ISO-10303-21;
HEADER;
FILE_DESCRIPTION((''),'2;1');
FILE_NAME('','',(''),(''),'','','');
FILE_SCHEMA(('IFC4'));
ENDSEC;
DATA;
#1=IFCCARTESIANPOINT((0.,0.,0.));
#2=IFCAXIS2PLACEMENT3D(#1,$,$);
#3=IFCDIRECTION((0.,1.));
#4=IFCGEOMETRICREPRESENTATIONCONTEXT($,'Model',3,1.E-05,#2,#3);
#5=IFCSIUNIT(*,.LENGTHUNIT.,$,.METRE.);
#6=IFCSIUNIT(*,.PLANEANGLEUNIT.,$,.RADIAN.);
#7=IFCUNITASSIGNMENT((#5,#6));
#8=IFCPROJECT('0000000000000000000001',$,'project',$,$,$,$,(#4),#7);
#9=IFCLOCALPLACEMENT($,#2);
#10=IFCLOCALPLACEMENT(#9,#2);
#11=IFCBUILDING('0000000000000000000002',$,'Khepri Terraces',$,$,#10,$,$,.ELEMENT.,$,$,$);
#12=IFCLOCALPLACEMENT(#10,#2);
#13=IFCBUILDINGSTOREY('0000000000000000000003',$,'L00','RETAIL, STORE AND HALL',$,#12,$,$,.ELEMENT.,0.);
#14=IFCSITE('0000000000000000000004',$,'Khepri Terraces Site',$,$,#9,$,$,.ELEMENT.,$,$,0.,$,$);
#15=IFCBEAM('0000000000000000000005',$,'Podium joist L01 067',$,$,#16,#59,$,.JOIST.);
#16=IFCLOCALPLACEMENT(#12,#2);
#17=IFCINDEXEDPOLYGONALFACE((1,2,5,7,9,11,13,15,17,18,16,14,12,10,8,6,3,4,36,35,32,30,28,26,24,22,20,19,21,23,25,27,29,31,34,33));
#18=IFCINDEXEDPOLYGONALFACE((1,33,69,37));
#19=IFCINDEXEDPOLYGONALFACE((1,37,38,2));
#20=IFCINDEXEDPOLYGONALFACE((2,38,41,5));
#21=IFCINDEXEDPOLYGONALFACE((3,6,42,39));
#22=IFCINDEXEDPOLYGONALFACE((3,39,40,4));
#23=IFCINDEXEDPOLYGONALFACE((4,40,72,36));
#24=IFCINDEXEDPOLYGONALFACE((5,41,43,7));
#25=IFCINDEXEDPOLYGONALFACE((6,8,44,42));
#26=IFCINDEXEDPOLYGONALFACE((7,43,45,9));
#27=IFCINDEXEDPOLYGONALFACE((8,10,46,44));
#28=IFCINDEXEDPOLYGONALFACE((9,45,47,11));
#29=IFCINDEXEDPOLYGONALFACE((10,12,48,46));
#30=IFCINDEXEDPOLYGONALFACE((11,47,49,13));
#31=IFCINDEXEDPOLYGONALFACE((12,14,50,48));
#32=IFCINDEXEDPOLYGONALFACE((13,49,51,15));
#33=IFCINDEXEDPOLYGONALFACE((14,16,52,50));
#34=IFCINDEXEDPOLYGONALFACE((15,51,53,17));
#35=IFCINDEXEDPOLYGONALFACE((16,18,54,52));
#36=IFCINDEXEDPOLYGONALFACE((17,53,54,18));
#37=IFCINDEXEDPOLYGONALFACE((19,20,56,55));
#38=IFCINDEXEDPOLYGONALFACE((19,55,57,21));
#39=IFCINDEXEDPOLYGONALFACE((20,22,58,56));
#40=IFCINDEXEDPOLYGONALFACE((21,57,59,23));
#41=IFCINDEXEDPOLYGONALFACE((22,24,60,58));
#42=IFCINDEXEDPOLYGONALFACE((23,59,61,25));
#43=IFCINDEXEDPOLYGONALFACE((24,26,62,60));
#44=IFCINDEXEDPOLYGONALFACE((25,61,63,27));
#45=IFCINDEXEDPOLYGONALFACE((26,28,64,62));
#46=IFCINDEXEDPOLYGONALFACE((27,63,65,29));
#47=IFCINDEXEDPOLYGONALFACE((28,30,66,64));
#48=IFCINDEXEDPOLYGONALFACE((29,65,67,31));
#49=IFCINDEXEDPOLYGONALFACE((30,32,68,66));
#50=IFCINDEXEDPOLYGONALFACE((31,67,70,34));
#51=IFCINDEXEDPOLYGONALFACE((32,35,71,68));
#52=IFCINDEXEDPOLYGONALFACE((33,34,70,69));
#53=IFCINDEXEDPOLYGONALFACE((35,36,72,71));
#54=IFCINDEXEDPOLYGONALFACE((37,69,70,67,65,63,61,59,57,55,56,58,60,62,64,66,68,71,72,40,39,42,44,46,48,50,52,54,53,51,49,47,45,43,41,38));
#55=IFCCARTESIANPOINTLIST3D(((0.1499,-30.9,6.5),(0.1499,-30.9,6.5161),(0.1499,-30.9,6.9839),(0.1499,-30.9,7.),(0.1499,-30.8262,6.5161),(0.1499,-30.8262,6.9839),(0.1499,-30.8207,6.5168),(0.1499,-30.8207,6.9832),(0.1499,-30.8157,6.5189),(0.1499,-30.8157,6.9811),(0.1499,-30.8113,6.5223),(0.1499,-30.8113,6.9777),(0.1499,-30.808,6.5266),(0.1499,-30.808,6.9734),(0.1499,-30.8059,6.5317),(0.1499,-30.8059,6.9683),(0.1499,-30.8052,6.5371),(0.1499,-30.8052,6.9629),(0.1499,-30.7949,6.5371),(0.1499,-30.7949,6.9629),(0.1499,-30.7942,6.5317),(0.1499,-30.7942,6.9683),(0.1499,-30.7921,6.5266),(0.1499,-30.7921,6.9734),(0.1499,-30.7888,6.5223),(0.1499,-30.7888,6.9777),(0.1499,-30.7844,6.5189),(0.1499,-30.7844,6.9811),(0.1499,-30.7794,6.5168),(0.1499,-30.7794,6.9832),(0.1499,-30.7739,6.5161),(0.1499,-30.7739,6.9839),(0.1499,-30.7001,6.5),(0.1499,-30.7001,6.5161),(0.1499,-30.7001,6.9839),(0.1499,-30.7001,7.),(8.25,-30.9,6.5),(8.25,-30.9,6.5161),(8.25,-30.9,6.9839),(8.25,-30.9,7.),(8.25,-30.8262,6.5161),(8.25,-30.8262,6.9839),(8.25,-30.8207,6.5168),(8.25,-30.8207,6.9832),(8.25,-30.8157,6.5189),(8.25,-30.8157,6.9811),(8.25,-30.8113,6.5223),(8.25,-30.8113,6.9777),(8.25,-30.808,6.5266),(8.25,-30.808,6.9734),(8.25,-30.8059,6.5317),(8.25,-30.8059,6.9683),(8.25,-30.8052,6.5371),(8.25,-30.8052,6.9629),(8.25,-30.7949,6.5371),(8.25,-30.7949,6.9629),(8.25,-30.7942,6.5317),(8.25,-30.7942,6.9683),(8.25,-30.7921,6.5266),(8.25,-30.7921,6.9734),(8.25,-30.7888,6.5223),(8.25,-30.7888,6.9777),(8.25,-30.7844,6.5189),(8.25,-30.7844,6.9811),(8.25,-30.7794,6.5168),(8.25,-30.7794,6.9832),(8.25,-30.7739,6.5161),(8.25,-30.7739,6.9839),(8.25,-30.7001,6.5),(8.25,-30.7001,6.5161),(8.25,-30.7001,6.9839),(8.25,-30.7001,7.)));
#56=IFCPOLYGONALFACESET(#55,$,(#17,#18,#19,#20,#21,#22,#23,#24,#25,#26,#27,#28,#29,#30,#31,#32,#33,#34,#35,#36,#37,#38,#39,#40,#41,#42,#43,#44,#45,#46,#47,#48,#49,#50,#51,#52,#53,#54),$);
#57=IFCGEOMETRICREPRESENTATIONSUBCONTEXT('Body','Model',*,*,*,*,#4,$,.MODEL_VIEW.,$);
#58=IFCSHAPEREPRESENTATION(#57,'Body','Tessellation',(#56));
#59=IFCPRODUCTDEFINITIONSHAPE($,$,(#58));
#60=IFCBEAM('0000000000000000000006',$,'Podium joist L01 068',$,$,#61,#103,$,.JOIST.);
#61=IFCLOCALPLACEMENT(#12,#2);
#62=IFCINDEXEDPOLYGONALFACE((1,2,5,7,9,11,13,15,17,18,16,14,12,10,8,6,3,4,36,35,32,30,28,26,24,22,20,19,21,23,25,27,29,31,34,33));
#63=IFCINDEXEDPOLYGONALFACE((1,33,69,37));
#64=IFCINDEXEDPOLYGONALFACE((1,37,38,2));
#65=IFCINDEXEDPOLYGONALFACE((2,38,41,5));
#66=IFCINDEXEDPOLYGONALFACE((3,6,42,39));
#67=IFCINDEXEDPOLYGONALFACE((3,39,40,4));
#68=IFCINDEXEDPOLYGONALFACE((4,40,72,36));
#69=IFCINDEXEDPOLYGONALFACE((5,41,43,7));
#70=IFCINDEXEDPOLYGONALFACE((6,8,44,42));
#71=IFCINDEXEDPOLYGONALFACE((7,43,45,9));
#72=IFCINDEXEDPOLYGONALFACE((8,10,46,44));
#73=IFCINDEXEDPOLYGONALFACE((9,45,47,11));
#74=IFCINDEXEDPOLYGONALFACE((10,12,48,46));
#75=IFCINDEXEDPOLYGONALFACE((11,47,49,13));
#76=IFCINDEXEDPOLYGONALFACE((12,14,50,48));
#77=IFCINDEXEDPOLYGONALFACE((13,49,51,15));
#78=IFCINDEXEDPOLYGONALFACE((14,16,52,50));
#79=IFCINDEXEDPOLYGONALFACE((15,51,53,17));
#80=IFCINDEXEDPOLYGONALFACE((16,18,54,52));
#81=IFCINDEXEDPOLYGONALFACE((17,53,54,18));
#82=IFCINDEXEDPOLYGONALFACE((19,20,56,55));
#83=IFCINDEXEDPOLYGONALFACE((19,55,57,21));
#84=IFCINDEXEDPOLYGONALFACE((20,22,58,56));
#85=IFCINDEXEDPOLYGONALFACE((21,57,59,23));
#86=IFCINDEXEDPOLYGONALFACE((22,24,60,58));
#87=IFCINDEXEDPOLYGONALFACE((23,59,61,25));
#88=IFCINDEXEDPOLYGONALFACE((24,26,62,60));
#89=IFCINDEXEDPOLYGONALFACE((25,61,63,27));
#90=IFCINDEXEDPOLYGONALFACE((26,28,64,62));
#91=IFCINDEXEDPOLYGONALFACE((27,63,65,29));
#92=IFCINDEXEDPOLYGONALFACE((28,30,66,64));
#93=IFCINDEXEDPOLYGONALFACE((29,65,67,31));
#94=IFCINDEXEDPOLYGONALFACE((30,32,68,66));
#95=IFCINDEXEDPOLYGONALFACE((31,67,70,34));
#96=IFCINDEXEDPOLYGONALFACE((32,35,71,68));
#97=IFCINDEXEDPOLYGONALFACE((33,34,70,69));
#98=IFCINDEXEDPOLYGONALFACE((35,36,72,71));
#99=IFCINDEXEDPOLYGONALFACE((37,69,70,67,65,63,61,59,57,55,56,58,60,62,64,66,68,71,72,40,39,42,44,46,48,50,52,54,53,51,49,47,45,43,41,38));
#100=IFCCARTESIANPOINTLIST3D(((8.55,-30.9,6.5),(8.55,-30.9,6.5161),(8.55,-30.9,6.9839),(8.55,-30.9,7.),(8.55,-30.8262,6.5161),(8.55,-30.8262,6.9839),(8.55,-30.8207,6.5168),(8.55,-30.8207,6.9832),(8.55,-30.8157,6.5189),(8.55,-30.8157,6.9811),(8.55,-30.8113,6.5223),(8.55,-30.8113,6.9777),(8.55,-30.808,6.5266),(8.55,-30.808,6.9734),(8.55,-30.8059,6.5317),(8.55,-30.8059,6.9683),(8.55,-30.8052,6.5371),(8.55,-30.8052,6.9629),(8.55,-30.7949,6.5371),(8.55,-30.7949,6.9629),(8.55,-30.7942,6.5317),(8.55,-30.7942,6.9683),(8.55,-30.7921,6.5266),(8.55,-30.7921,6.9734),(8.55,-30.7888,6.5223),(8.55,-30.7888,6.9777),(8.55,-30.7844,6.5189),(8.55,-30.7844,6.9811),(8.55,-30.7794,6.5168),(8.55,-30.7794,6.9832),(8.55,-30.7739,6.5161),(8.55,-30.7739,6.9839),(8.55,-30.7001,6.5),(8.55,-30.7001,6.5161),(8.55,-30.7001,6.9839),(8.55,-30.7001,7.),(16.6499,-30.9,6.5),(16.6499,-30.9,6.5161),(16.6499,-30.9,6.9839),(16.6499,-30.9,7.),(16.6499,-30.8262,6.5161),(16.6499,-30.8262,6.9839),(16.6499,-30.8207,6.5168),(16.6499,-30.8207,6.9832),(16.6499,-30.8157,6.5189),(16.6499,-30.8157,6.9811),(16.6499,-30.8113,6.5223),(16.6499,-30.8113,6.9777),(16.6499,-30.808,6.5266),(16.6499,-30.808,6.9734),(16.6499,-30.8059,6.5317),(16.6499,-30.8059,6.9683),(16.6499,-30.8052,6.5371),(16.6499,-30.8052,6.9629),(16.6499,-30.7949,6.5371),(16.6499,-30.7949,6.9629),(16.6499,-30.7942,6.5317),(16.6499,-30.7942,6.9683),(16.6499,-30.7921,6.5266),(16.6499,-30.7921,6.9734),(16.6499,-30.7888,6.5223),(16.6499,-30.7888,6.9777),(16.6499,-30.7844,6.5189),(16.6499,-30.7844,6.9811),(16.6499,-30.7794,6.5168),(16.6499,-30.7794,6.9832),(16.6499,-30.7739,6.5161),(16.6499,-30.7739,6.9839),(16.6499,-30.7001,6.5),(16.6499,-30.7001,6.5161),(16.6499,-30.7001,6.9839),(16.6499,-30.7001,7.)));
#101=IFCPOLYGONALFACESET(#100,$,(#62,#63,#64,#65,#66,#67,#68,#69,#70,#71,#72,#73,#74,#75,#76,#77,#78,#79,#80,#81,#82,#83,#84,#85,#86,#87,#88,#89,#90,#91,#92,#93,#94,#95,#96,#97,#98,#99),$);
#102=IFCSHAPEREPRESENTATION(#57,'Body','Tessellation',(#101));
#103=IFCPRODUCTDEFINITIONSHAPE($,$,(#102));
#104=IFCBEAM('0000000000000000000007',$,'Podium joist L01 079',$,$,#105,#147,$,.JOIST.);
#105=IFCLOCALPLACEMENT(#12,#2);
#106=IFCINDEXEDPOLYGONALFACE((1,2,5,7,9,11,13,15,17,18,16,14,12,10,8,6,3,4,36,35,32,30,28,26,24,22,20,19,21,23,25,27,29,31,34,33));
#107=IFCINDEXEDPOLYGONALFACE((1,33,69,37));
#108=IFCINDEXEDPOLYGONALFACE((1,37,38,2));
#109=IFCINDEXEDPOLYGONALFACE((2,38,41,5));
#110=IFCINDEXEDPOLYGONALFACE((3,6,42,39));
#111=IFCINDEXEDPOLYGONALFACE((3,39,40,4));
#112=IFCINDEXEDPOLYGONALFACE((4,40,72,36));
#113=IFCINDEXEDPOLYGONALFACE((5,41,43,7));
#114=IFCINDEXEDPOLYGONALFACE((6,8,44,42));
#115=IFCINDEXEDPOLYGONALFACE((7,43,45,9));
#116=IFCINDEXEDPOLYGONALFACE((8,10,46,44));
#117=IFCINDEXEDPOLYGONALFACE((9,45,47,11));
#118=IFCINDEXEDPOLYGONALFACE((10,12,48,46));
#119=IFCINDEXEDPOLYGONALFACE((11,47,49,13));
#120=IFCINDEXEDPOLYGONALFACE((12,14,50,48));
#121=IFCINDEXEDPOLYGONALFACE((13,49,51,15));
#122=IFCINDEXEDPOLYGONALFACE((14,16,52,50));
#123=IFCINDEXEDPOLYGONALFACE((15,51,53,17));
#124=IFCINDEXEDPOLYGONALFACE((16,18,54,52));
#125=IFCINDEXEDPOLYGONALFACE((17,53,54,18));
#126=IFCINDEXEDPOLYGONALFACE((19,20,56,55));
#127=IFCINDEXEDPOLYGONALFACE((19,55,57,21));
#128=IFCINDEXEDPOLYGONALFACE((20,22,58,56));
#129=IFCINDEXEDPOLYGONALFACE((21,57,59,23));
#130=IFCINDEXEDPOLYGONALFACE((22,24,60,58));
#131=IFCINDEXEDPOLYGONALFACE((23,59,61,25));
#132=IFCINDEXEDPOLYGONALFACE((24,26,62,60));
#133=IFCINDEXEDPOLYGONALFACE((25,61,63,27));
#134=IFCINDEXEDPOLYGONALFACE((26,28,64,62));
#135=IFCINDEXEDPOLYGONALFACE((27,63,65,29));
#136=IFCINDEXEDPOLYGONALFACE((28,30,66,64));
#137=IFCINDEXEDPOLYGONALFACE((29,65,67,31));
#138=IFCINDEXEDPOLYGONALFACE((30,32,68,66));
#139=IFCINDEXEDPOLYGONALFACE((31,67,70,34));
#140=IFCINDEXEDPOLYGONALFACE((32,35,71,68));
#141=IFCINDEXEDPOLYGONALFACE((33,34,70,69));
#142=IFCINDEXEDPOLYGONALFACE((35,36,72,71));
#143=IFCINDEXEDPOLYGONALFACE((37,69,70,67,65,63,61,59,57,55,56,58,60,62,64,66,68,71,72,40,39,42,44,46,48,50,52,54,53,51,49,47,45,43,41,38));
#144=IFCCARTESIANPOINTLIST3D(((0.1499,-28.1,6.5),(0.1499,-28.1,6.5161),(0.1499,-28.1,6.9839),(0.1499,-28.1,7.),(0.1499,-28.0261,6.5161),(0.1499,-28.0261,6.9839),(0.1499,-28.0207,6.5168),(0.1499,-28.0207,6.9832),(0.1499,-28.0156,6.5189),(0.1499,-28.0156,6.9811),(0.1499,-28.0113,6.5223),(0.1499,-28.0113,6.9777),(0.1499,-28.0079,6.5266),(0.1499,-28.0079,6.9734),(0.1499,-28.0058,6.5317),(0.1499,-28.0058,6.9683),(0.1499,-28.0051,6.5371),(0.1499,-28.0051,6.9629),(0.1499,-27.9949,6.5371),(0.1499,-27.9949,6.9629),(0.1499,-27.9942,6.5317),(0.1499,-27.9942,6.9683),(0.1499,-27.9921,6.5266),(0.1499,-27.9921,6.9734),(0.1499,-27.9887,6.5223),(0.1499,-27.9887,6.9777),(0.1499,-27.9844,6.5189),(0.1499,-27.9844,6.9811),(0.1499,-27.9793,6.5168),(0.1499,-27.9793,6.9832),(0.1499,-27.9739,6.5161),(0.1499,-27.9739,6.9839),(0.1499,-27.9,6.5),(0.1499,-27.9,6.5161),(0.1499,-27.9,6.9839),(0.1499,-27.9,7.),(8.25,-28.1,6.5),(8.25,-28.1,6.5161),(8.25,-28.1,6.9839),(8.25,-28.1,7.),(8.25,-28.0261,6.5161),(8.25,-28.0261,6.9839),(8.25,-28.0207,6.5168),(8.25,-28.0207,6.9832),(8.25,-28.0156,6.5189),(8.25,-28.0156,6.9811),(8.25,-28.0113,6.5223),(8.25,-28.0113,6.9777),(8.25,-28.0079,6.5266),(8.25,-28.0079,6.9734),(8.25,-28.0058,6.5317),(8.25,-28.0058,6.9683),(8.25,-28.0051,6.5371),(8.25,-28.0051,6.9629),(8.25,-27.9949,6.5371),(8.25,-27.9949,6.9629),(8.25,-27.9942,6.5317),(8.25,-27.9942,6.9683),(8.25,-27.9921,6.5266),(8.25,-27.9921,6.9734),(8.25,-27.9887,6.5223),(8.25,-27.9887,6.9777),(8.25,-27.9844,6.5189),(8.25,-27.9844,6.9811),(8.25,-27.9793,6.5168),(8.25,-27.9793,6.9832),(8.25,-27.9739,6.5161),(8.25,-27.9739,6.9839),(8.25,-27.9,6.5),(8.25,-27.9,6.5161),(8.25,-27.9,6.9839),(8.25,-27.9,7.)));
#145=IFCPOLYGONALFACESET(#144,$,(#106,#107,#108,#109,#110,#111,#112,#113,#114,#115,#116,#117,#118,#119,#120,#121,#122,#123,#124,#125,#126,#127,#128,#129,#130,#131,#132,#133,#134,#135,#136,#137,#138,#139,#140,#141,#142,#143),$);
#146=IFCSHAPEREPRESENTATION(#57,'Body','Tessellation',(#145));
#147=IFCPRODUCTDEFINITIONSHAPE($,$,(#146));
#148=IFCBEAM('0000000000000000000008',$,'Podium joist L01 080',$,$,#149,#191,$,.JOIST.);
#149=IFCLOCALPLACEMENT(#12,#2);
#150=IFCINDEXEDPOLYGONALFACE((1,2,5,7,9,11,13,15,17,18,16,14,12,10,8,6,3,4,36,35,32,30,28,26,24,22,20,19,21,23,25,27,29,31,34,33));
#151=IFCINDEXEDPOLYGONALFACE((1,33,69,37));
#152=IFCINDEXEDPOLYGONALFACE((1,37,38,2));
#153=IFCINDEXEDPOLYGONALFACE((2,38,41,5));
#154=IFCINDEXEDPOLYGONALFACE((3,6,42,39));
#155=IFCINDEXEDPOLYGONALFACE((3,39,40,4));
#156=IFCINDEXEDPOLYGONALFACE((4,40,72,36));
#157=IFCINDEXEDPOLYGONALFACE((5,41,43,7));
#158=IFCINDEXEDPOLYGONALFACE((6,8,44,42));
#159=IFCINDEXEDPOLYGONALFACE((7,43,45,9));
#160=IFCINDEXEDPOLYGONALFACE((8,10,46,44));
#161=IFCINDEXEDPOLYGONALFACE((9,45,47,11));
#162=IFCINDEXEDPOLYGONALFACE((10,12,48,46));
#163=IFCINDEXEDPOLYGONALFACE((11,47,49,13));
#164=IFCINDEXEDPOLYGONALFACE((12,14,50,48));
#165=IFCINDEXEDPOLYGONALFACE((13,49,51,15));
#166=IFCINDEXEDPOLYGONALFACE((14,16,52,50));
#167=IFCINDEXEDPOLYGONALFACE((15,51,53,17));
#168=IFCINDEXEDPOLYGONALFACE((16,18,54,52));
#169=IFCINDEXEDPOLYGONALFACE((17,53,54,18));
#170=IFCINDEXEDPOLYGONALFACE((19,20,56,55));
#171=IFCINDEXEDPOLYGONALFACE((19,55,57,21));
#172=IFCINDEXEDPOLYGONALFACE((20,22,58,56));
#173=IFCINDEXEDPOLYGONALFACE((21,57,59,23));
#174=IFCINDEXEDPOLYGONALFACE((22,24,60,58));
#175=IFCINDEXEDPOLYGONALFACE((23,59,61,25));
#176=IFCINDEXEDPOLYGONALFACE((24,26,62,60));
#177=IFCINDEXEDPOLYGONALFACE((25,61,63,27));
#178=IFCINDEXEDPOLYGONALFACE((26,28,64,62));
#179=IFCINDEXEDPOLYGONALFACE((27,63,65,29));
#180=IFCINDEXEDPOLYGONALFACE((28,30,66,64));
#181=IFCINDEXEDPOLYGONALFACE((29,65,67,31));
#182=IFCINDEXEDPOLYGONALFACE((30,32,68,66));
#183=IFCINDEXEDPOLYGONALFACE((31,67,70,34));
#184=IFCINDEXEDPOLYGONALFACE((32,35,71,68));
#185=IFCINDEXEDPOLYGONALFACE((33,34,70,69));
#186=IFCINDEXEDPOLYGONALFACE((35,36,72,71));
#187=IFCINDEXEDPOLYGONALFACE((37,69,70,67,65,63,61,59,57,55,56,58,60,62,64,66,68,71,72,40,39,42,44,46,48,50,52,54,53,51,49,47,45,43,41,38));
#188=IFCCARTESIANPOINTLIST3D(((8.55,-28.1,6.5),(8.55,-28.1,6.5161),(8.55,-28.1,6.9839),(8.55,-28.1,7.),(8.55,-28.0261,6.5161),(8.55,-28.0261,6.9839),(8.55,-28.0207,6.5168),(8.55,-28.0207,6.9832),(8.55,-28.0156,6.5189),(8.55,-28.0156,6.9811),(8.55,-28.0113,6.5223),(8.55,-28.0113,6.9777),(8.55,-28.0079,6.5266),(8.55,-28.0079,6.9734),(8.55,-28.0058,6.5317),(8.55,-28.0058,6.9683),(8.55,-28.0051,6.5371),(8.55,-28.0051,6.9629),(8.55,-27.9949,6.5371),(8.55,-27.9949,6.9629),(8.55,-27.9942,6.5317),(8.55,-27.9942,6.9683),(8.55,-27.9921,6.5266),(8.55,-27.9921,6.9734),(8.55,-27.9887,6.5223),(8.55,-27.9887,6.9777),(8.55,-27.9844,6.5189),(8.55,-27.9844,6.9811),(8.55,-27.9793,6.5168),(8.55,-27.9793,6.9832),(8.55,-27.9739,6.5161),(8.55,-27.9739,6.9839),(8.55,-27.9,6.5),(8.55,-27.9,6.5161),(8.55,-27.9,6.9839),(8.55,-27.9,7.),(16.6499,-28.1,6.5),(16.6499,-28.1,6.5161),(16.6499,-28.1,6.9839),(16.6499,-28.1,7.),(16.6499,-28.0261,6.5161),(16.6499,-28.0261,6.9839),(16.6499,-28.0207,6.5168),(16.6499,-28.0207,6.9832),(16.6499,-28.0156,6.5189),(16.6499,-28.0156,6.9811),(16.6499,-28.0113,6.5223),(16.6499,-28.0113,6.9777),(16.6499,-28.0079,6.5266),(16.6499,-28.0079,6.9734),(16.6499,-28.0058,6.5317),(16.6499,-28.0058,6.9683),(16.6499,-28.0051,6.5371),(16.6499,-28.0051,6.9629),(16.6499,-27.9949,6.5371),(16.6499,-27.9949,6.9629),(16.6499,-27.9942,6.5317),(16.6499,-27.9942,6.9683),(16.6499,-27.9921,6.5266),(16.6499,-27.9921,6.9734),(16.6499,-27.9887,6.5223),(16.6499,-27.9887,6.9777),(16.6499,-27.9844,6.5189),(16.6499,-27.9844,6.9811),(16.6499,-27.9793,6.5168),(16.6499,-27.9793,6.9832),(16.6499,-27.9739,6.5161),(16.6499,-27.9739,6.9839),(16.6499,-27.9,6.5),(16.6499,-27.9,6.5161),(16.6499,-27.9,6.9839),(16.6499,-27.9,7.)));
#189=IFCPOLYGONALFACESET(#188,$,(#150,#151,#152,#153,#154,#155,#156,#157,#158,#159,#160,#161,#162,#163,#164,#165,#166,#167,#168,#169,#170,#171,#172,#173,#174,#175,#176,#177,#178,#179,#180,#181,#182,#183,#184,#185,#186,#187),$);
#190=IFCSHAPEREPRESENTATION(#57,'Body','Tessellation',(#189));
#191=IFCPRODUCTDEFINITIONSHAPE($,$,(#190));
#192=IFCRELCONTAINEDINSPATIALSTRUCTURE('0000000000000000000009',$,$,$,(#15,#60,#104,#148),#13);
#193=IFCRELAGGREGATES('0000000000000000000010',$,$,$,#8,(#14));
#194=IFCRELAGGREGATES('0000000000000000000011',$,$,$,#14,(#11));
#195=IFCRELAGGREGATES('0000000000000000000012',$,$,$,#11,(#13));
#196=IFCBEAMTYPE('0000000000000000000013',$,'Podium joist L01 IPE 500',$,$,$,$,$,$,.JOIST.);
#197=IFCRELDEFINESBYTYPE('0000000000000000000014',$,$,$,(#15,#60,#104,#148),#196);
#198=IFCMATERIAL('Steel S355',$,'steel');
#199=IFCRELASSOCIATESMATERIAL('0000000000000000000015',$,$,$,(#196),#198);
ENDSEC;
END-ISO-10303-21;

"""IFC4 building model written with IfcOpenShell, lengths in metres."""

from ifc_helpers import new_model, si_unit, direction, frame, origin, origin_2d, place, context, subcontext, project, spatial, i_section, extrude, material, material_profile, profile_set, type_object, element, save


model = new_model("IFC4")

# Units and contexts
model_context = context("Model", 3, precision=1e-05, world=origin(), true_north=direction((0.0, 1.0)))
body_context = subcontext(model_context, "Body", "Model", "MODEL_VIEW")
ifc_project = project(units=[si_unit("LENGTHUNIT", "METRE"), si_unit("PLANEANGLEUNIT", "RADIAN")], contexts=[model_context])

# Site, building, storey
site_placement = place(None, origin())
site = spatial("IfcSite", under=ifc_project, at=site_placement, Name="Khepri Terraces Site", CompositionType="ELEMENT", RefElevation=0.0)
building_placement = place(site_placement, origin())
building = spatial("IfcBuilding", under=site, at=building_placement, Name="Khepri Terraces", CompositionType="ELEMENT")
storey_placement = place(building_placement, origin())
storey = spatial("IfcBuildingStorey", under=building, at=storey_placement, Name="L00", Description="RETAIL, STORE AND HALL", CompositionType="ELEMENT", Elevation=0.0)

# Beams
ifc_material_1 = material(Name="Steel S355", Category="steel")
ifc_material_profile_1 = material_profile(ifc_material_1, i_section(OverallWidth=0.2, OverallDepth=0.5, WebThickness=0.0103, FlangeThickness=0.0161, FilletRadius=0.021, at=origin_2d()), Name="Steel S355", Category="steel")
ifc_profile_set_1 = profile_set([ifc_material_profile_1], Name="Steel S355")
beam_type_1 = type_object("IfcBeamType", Name="Podium joist L01 IPE 500", PredefinedType="JOIST", material=ifc_profile_set_1)
beam_1_placement = place(storey_placement, frame((0.1499, -30.8, 6.75), z_axis=(1.0, 0.0, 0.0), x_axis=(0.0, 1.0, 0.0)))
element("IfcBeam", 1, at=beam_1_placement, inside=storey, type_object=beam_type_1, Name="Podium joist L01 067", PredefinedType="JOIST", context=body_context, shape_type="SweptSolid", body=[
    extrude(i_section(OverallWidth=0.2, OverallDepth=0.5, WebThickness=0.0103, FlangeThickness=0.0161, FilletRadius=0.021, at=origin_2d()), origin(), (0.0, 0.0, 1.0), 8.1001),
])
beam_2_placement = place(storey_placement, frame((8.55, -30.8, 6.75), z_axis=(1.0, 0.0, 0.0), x_axis=(0.0, 1.0, 0.0)))
element("IfcBeam", 2, at=beam_2_placement, inside=storey, type_object=beam_type_1, Name="Podium joist L01 068", PredefinedType="JOIST", context=body_context, shape_type="SweptSolid", body=[
    extrude(i_section(OverallWidth=0.2, OverallDepth=0.5, WebThickness=0.0103, FlangeThickness=0.0161, FilletRadius=0.021, at=origin_2d()), origin(), (0.0, 0.0, 1.0), 8.0999),
])
beam_3_placement = place(storey_placement, frame((0.1499, -28.0, 6.75), z_axis=(1.0, 0.0, 0.0), x_axis=(0.0, 1.0, 0.0)))
element("IfcBeam", 3, at=beam_3_placement, inside=storey, type_object=beam_type_1, Name="Podium joist L01 079", PredefinedType="JOIST", context=body_context, shape_type="SweptSolid", body=[
    extrude(i_section(OverallWidth=0.2, OverallDepth=0.5, WebThickness=0.0103, FlangeThickness=0.0161, FilletRadius=0.021, at=origin_2d()), origin(), (0.0, 0.0, 1.0), 8.1001),
])
beam_4_placement = place(storey_placement, frame((8.55, -28.0, 6.75), z_axis=(1.0, 0.0, 0.0), x_axis=(0.0, 1.0, 0.0)))
element("IfcBeam", 4, at=beam_4_placement, inside=storey, type_object=beam_type_1, Name="Podium joist L01 080", PredefinedType="JOIST", context=body_context, shape_type="SweptSolid", body=[
    extrude(i_section(OverallWidth=0.2, OverallDepth=0.5, WebThickness=0.0103, FlangeThickness=0.0161, FilletRadius=0.021, at=origin_2d()), origin(), (0.0, 0.0, 1.0), 8.0999),
])

save(model, "model.ifc")
